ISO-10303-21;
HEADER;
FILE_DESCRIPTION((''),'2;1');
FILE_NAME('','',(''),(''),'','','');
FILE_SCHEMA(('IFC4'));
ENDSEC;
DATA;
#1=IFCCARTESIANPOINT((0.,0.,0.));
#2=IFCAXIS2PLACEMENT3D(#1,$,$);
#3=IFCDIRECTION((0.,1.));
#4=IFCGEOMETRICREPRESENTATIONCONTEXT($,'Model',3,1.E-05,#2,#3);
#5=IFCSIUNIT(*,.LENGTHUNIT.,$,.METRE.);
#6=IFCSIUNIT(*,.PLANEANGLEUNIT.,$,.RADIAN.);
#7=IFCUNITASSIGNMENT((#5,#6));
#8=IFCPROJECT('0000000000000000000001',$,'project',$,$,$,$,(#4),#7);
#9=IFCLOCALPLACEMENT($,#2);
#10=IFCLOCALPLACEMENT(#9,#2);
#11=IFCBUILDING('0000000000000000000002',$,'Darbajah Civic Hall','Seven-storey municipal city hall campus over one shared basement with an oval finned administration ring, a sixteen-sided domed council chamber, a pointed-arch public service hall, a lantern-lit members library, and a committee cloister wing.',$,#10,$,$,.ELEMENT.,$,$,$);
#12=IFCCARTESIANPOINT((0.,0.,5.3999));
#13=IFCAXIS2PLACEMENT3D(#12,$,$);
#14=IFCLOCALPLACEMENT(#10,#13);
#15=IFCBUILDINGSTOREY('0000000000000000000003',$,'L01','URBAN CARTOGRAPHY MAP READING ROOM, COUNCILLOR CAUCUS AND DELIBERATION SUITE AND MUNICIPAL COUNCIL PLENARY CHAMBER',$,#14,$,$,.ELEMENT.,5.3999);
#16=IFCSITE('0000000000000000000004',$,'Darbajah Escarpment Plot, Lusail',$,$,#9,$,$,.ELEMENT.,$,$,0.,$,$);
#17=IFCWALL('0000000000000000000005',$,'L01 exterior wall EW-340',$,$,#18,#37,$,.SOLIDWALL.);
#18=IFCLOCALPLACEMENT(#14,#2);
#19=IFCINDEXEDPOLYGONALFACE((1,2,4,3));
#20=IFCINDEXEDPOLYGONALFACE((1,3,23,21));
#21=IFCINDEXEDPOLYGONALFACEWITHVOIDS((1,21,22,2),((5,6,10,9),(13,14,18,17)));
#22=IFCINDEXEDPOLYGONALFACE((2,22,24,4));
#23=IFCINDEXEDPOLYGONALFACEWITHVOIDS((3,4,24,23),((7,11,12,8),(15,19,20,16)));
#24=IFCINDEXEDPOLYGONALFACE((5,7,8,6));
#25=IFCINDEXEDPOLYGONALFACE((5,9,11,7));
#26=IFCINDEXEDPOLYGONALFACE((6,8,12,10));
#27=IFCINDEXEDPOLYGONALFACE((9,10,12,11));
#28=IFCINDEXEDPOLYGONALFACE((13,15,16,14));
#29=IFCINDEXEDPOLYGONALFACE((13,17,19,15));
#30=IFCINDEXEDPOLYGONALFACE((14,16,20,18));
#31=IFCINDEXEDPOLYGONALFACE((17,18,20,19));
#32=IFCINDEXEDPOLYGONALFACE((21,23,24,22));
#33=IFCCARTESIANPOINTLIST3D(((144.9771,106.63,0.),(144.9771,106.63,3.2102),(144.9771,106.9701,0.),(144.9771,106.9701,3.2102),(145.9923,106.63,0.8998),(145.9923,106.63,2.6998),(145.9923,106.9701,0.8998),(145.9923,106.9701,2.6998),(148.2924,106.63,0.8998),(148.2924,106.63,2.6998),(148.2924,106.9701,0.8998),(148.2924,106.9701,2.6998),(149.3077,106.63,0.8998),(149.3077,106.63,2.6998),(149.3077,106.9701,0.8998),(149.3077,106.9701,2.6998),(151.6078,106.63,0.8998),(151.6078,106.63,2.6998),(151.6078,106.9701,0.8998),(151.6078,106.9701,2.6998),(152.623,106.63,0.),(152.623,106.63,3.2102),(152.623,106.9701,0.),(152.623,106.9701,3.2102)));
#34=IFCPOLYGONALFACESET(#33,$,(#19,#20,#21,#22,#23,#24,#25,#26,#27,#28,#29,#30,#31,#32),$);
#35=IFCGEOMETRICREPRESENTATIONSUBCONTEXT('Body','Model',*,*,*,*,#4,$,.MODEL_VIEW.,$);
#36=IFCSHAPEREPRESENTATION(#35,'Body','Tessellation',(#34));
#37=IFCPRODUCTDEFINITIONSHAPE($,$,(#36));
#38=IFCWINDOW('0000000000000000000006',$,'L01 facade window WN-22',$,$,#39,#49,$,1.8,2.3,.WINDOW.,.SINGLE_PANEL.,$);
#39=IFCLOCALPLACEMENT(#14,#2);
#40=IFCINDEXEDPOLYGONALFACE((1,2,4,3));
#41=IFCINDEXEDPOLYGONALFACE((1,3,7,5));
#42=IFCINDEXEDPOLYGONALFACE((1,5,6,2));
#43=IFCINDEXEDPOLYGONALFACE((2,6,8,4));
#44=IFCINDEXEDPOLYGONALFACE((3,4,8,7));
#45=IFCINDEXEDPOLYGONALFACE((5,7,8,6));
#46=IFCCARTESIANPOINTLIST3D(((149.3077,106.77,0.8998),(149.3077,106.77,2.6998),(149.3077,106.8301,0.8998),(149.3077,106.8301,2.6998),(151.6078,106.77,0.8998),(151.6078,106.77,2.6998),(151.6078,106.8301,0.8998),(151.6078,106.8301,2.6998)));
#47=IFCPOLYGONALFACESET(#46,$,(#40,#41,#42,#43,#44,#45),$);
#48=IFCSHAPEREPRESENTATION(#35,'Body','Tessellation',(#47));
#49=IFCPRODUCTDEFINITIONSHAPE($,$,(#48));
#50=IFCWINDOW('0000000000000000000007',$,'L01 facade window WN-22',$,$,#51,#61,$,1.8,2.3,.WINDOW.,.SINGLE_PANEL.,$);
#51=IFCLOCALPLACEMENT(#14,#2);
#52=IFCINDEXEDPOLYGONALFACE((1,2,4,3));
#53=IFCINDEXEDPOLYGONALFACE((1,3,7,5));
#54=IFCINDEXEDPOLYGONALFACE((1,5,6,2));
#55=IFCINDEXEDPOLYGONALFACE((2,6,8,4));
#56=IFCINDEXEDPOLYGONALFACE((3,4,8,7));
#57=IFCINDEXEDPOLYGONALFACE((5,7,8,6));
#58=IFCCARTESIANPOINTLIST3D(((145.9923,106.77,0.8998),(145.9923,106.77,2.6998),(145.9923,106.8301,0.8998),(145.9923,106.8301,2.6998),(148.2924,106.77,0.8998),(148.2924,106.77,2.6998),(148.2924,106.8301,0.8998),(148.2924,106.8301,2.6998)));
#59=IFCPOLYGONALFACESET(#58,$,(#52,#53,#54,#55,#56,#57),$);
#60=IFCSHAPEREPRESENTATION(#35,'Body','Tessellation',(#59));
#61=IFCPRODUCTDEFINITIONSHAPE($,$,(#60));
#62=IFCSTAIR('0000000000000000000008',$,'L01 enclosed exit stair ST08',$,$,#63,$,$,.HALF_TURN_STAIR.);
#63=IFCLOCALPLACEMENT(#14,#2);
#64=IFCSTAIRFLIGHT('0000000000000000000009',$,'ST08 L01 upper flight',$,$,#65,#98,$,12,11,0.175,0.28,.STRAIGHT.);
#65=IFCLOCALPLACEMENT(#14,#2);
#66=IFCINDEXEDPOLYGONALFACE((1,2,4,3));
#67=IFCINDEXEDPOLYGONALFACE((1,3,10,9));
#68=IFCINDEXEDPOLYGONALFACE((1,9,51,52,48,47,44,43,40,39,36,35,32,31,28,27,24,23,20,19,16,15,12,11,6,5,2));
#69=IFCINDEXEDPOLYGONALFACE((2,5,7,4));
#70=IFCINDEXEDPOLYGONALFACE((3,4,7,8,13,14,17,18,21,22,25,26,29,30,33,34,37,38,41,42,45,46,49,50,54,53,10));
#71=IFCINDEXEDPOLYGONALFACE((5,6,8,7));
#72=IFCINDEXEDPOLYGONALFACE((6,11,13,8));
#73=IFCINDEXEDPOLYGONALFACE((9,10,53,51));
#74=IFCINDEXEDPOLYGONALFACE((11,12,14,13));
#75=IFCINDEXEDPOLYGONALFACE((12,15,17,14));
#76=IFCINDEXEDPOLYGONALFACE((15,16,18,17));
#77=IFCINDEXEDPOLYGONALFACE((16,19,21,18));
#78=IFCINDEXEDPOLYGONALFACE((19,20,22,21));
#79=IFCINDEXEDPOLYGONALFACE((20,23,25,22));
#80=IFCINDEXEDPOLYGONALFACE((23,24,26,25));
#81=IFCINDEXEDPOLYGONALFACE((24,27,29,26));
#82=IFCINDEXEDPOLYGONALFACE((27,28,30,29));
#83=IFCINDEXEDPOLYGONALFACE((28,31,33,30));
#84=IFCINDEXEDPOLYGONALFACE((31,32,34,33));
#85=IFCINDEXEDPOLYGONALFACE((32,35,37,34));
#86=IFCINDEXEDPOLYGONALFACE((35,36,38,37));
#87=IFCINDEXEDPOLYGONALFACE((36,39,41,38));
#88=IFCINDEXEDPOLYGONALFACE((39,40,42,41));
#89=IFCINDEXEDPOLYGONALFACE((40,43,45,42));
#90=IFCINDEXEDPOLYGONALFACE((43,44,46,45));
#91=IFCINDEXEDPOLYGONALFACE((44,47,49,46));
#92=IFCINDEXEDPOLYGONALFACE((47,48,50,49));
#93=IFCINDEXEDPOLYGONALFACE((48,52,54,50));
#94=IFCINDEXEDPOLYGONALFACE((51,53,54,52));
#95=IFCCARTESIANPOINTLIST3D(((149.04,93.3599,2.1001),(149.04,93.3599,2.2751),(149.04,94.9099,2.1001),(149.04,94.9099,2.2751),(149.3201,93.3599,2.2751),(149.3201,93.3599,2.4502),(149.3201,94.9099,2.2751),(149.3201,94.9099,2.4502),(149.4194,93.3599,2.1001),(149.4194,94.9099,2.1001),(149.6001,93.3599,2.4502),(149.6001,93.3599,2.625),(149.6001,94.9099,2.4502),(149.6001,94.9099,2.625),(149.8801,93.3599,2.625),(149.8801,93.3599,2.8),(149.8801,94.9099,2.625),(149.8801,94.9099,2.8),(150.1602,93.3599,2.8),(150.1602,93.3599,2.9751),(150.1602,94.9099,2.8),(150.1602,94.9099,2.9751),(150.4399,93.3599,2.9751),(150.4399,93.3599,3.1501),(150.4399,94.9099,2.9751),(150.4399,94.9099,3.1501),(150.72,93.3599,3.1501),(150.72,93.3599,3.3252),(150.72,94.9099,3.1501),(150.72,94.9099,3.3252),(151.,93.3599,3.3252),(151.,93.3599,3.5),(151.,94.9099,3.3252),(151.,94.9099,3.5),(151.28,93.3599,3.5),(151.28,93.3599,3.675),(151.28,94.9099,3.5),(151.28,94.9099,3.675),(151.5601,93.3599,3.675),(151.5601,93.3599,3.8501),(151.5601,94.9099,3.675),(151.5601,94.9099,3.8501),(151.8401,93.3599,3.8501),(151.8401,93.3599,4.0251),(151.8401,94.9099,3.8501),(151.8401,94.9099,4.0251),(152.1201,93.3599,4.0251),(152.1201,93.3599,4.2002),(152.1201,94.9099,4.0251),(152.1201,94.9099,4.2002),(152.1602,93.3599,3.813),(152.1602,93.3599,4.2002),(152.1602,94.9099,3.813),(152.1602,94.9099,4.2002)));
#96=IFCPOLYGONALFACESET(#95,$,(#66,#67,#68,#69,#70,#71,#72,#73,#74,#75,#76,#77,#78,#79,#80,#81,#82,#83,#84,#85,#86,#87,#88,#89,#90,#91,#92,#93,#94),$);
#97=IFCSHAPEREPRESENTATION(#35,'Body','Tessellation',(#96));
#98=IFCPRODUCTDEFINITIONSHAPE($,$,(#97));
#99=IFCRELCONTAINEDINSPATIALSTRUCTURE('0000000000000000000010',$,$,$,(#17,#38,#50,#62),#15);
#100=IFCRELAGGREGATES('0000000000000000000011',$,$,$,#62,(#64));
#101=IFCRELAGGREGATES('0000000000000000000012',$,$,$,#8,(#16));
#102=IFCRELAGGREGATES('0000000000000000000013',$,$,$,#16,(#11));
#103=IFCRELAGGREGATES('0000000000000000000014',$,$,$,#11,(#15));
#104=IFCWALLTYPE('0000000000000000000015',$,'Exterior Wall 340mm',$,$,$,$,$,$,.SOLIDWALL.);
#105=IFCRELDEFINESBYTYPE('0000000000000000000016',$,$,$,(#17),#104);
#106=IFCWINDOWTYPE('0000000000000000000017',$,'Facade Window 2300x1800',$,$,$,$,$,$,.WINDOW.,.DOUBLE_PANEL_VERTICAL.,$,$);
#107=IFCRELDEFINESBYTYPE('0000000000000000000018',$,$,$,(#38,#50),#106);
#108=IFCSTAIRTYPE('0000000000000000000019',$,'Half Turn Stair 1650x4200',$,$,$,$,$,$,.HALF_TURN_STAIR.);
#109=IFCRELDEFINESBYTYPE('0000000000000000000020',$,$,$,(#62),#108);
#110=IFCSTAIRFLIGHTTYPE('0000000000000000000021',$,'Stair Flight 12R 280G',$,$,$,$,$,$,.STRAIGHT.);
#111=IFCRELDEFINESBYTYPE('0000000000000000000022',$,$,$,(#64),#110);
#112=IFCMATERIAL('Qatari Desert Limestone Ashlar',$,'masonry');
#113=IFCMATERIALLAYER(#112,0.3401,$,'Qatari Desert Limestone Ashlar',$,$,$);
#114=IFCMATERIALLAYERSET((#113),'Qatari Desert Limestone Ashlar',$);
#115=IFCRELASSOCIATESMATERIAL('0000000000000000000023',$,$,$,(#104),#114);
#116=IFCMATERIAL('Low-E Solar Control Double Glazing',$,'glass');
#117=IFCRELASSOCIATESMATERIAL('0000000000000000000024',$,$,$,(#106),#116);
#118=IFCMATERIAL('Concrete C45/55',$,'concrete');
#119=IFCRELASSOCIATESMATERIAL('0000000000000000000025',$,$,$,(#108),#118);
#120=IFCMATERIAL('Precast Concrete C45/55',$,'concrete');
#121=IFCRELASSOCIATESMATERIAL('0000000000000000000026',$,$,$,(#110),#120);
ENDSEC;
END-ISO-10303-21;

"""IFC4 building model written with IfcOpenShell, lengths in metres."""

from ifc_helpers import new_model, si_unit, direction, frame, frame_2d, origin, place, context, subcontext, project, spatial, polyline, rectangle, outline, extrude, material, layer, layer_set, type_object, element, fill, aggregate, save


model = new_model("IFC4")

# Units and contexts
model_context = context("Model", 3, precision=1e-05, world=origin(), true_north=direction((0.0, 1.0)))
body_context = subcontext(model_context, "Body", "Model", "MODEL_VIEW")
ifc_project = project(units=[si_unit("LENGTHUNIT", "METRE"), si_unit("PLANEANGLEUNIT", "RADIAN")], contexts=[model_context])

# Site, building, storey
site_placement = place(None, origin())
site = spatial("IfcSite", under=ifc_project, at=site_placement, Name="Darbajah Escarpment Plot, Lusail", CompositionType="ELEMENT", RefElevation=0.0)
building_placement = place(site_placement, origin())
building = spatial("IfcBuilding", under=site, at=building_placement, Name="Darbajah Civic Hall", Description="Seven-storey municipal city hall campus over one shared basement with an oval finned administration ring, a sixteen-sided domed council chamber, a pointed-arch public service hall, a lantern-lit members library, and a committee cloister wing.", CompositionType="ELEMENT")
storey_placement = place(building_placement, frame((0.0, 0.0, 5.3999)))
storey = spatial("IfcBuildingStorey", under=building, at=storey_placement, Name="L01", Description="URBAN CARTOGRAPHY MAP READING ROOM, COUNCILLOR CAUCUS AND DELIBERATION SUITE AND MUNICIPAL COUNCIL PLENARY CHAMBER", CompositionType="ELEMENT", Elevation=5.3999)

# Shared definitions
ifc_material_1 = material(Name="Concrete C45/55", Category="concrete")

# Wall, openings, windows
ifc_material_2 = material(Name="Qatari Desert Limestone Ashlar", Category="masonry")
ifc_layer_1 = layer(ifc_material_2, 0.3401, Name="Qatari Desert Limestone Ashlar")
ifc_layer_set_1 = layer_set([ifc_layer_1], Name="Qatari Desert Limestone Ashlar")
wall_type_1 = type_object("IfcWallType", Name="Exterior Wall 340mm", PredefinedType="SOLIDWALL", material=ifc_layer_set_1)
wall_1_placement = place(storey_placement, frame((152.623, 106.8, 0.0), z_axis=(0.0, 0.0, 1.0), x_axis=(-1.0, 0.0, 0.0)))
wall_1 = element("IfcWall", 1, at=wall_1_placement, inside=storey, type_object=wall_type_1, Name="L01 exterior wall EW-340", PredefinedType="SOLIDWALL", context=body_context, shape_type="SweptSolid", body=[
    extrude(rectangle(XDim=7.646, YDim=0.3401, at=frame_2d((3.823, 0.0))), origin(), (0.0, 0.0, 1.0), 3.2102),
])
opening_1_placement = place(wall_1_placement, frame((1.0154, 0.0, 0.8999)))
opening_1 = element("IfcOpeningElement", 2, at=opening_1_placement, cuts=wall_1, PredefinedType="OPENING", context=body_context, shape_type="SweptSolid", body=[
    extrude(rectangle(XDim=2.3, YDim=1.8, at=frame_2d((1.1499, 0.8999))), frame((0.0, 0.1799, 0.0), z_axis=(0.0, -1.0, 0.0), x_axis=(1.0, 0.0, 0.0)), (0.0, 0.0, 1.0), 0.3601),
])
opening_2_placement = place(wall_1_placement, frame((4.3308, 0.0, 0.8999)))
opening_2 = element("IfcOpeningElement", 3, at=opening_2_placement, cuts=wall_1, PredefinedType="OPENING", context=body_context, shape_type="SweptSolid", body=[
    extrude(rectangle(XDim=2.3, YDim=1.8, at=frame_2d((1.1499, 0.8999))), frame((0.0, 0.1799, 0.0), z_axis=(0.0, -1.0, 0.0), x_axis=(1.0, 0.0, 0.0)), (0.0, 0.0, 1.0), 0.3601),
])
ifc_material_3 = material(Name="Low-E Solar Control Double Glazing", Category="glass")
window_type = type_object("IfcWindowType", Name="Facade Window 2300x1800", PartitioningType="DOUBLE_PANEL_VERTICAL", PredefinedType="WINDOW", material=ifc_material_3)
window_1_placement = place(opening_1_placement, origin())
window_1 = element("IfcWindow", 4, at=window_1_placement, inside=storey, type_object=window_type, Name="L01 facade window WN-22", OverallHeight=1.8, OverallWidth=2.3, PartitioningType="SINGLE_PANEL", PredefinedType="WINDOW", context=body_context, shape_type="SweptSolid", body=[
    extrude(rectangle(XDim=2.3, YDim=1.8, at=frame_2d((1.1499, 0.8999))), frame((0.0, 0.03, 0.0), z_axis=(0.0, -1.0, 0.0), x_axis=(1.0, 0.0, 0.0)), (0.0, 0.0, 1.0), 0.0601),
])
fill(opening_1, window_1)
window_2_placement = place(opening_2_placement, origin())
window_2 = element("IfcWindow", 5, at=window_2_placement, inside=storey, type_object=window_type, Name="L01 facade window WN-22", OverallHeight=1.8, OverallWidth=2.3, PartitioningType="SINGLE_PANEL", PredefinedType="WINDOW", context=body_context, shape_type="SweptSolid", body=[
    extrude(rectangle(XDim=2.3, YDim=1.8, at=frame_2d((1.1499, 0.8999))), frame((0.0, 0.03, 0.0), z_axis=(0.0, -1.0, 0.0), x_axis=(1.0, 0.0, 0.0)), (0.0, 0.0, 1.0), 0.0601),
])
fill(opening_2, window_2)

# Stair, stair flight
stair_type = type_object("IfcStairType", Name="Half Turn Stair 1650x4200", PredefinedType="HALF_TURN_STAIR", material=ifc_material_1)
stair_placement = place(storey_placement, origin())
stair = element("IfcStair", 6, at=stair_placement, inside=storey, type_object=stair_type, Name="L01 enclosed exit stair ST08", PredefinedType="HALF_TURN_STAIR")
ifc_material_4 = material(Name="Precast Concrete C45/55", Category="concrete")
stair_flight_type = type_object("IfcStairFlightType", Name="Stair Flight 12R 280G", PredefinedType="STRAIGHT", material=ifc_material_4)
stair_flight_placement = place(storey_placement, frame((149.04, 94.135, 2.1001), z_axis=(0.0, 0.0, 1.0), x_axis=(1.0, 0.0, 0.0)))
stair_flight = element("IfcStairFlight", 7, at=stair_flight_placement, type_object=stair_flight_type, Name="ST08 L01 upper flight", NumberOfRisers=12, NumberOfTreads=11, PredefinedType="STRAIGHT", RiserHeight=0.175, TreadLength=0.28, context=body_context, shape_type="SweptSolid", body=[
    extrude(outline(polyline([(0.0, 0.0), (0.0, 0.175), (0.28, 0.175), (0.28, 0.3501), (0.5601, 0.3501), (0.5601, 0.5249), (0.8401, 0.5249), (0.8401, 0.7), (1.1201, 0.7), (1.1201, 0.875), (1.3999, 0.875), (1.3999, 1.05), (1.6799, 1.05), (1.6799, 1.2251), (1.96, 1.2251), (1.96, 1.3999), (2.24, 1.3999), (2.24, 1.575), (2.52, 1.575), (2.52, 1.75), (2.8, 1.75), (2.8, 1.925), (3.0801, 1.925), (3.0801, 2.1001), (3.1201, 2.1001), (3.1201, 1.7129), (0.3794, 0.0), (0.0, 0.0)])), frame((0.0, 0.7749, 0.0), z_axis=(0.0, -1.0, 0.0), x_axis=(1.0, 0.0, 0.0)), (0.0, 0.0, 1.0), 1.55),
])
aggregate(stair, [stair_flight])

save(model, "model.ifc")
